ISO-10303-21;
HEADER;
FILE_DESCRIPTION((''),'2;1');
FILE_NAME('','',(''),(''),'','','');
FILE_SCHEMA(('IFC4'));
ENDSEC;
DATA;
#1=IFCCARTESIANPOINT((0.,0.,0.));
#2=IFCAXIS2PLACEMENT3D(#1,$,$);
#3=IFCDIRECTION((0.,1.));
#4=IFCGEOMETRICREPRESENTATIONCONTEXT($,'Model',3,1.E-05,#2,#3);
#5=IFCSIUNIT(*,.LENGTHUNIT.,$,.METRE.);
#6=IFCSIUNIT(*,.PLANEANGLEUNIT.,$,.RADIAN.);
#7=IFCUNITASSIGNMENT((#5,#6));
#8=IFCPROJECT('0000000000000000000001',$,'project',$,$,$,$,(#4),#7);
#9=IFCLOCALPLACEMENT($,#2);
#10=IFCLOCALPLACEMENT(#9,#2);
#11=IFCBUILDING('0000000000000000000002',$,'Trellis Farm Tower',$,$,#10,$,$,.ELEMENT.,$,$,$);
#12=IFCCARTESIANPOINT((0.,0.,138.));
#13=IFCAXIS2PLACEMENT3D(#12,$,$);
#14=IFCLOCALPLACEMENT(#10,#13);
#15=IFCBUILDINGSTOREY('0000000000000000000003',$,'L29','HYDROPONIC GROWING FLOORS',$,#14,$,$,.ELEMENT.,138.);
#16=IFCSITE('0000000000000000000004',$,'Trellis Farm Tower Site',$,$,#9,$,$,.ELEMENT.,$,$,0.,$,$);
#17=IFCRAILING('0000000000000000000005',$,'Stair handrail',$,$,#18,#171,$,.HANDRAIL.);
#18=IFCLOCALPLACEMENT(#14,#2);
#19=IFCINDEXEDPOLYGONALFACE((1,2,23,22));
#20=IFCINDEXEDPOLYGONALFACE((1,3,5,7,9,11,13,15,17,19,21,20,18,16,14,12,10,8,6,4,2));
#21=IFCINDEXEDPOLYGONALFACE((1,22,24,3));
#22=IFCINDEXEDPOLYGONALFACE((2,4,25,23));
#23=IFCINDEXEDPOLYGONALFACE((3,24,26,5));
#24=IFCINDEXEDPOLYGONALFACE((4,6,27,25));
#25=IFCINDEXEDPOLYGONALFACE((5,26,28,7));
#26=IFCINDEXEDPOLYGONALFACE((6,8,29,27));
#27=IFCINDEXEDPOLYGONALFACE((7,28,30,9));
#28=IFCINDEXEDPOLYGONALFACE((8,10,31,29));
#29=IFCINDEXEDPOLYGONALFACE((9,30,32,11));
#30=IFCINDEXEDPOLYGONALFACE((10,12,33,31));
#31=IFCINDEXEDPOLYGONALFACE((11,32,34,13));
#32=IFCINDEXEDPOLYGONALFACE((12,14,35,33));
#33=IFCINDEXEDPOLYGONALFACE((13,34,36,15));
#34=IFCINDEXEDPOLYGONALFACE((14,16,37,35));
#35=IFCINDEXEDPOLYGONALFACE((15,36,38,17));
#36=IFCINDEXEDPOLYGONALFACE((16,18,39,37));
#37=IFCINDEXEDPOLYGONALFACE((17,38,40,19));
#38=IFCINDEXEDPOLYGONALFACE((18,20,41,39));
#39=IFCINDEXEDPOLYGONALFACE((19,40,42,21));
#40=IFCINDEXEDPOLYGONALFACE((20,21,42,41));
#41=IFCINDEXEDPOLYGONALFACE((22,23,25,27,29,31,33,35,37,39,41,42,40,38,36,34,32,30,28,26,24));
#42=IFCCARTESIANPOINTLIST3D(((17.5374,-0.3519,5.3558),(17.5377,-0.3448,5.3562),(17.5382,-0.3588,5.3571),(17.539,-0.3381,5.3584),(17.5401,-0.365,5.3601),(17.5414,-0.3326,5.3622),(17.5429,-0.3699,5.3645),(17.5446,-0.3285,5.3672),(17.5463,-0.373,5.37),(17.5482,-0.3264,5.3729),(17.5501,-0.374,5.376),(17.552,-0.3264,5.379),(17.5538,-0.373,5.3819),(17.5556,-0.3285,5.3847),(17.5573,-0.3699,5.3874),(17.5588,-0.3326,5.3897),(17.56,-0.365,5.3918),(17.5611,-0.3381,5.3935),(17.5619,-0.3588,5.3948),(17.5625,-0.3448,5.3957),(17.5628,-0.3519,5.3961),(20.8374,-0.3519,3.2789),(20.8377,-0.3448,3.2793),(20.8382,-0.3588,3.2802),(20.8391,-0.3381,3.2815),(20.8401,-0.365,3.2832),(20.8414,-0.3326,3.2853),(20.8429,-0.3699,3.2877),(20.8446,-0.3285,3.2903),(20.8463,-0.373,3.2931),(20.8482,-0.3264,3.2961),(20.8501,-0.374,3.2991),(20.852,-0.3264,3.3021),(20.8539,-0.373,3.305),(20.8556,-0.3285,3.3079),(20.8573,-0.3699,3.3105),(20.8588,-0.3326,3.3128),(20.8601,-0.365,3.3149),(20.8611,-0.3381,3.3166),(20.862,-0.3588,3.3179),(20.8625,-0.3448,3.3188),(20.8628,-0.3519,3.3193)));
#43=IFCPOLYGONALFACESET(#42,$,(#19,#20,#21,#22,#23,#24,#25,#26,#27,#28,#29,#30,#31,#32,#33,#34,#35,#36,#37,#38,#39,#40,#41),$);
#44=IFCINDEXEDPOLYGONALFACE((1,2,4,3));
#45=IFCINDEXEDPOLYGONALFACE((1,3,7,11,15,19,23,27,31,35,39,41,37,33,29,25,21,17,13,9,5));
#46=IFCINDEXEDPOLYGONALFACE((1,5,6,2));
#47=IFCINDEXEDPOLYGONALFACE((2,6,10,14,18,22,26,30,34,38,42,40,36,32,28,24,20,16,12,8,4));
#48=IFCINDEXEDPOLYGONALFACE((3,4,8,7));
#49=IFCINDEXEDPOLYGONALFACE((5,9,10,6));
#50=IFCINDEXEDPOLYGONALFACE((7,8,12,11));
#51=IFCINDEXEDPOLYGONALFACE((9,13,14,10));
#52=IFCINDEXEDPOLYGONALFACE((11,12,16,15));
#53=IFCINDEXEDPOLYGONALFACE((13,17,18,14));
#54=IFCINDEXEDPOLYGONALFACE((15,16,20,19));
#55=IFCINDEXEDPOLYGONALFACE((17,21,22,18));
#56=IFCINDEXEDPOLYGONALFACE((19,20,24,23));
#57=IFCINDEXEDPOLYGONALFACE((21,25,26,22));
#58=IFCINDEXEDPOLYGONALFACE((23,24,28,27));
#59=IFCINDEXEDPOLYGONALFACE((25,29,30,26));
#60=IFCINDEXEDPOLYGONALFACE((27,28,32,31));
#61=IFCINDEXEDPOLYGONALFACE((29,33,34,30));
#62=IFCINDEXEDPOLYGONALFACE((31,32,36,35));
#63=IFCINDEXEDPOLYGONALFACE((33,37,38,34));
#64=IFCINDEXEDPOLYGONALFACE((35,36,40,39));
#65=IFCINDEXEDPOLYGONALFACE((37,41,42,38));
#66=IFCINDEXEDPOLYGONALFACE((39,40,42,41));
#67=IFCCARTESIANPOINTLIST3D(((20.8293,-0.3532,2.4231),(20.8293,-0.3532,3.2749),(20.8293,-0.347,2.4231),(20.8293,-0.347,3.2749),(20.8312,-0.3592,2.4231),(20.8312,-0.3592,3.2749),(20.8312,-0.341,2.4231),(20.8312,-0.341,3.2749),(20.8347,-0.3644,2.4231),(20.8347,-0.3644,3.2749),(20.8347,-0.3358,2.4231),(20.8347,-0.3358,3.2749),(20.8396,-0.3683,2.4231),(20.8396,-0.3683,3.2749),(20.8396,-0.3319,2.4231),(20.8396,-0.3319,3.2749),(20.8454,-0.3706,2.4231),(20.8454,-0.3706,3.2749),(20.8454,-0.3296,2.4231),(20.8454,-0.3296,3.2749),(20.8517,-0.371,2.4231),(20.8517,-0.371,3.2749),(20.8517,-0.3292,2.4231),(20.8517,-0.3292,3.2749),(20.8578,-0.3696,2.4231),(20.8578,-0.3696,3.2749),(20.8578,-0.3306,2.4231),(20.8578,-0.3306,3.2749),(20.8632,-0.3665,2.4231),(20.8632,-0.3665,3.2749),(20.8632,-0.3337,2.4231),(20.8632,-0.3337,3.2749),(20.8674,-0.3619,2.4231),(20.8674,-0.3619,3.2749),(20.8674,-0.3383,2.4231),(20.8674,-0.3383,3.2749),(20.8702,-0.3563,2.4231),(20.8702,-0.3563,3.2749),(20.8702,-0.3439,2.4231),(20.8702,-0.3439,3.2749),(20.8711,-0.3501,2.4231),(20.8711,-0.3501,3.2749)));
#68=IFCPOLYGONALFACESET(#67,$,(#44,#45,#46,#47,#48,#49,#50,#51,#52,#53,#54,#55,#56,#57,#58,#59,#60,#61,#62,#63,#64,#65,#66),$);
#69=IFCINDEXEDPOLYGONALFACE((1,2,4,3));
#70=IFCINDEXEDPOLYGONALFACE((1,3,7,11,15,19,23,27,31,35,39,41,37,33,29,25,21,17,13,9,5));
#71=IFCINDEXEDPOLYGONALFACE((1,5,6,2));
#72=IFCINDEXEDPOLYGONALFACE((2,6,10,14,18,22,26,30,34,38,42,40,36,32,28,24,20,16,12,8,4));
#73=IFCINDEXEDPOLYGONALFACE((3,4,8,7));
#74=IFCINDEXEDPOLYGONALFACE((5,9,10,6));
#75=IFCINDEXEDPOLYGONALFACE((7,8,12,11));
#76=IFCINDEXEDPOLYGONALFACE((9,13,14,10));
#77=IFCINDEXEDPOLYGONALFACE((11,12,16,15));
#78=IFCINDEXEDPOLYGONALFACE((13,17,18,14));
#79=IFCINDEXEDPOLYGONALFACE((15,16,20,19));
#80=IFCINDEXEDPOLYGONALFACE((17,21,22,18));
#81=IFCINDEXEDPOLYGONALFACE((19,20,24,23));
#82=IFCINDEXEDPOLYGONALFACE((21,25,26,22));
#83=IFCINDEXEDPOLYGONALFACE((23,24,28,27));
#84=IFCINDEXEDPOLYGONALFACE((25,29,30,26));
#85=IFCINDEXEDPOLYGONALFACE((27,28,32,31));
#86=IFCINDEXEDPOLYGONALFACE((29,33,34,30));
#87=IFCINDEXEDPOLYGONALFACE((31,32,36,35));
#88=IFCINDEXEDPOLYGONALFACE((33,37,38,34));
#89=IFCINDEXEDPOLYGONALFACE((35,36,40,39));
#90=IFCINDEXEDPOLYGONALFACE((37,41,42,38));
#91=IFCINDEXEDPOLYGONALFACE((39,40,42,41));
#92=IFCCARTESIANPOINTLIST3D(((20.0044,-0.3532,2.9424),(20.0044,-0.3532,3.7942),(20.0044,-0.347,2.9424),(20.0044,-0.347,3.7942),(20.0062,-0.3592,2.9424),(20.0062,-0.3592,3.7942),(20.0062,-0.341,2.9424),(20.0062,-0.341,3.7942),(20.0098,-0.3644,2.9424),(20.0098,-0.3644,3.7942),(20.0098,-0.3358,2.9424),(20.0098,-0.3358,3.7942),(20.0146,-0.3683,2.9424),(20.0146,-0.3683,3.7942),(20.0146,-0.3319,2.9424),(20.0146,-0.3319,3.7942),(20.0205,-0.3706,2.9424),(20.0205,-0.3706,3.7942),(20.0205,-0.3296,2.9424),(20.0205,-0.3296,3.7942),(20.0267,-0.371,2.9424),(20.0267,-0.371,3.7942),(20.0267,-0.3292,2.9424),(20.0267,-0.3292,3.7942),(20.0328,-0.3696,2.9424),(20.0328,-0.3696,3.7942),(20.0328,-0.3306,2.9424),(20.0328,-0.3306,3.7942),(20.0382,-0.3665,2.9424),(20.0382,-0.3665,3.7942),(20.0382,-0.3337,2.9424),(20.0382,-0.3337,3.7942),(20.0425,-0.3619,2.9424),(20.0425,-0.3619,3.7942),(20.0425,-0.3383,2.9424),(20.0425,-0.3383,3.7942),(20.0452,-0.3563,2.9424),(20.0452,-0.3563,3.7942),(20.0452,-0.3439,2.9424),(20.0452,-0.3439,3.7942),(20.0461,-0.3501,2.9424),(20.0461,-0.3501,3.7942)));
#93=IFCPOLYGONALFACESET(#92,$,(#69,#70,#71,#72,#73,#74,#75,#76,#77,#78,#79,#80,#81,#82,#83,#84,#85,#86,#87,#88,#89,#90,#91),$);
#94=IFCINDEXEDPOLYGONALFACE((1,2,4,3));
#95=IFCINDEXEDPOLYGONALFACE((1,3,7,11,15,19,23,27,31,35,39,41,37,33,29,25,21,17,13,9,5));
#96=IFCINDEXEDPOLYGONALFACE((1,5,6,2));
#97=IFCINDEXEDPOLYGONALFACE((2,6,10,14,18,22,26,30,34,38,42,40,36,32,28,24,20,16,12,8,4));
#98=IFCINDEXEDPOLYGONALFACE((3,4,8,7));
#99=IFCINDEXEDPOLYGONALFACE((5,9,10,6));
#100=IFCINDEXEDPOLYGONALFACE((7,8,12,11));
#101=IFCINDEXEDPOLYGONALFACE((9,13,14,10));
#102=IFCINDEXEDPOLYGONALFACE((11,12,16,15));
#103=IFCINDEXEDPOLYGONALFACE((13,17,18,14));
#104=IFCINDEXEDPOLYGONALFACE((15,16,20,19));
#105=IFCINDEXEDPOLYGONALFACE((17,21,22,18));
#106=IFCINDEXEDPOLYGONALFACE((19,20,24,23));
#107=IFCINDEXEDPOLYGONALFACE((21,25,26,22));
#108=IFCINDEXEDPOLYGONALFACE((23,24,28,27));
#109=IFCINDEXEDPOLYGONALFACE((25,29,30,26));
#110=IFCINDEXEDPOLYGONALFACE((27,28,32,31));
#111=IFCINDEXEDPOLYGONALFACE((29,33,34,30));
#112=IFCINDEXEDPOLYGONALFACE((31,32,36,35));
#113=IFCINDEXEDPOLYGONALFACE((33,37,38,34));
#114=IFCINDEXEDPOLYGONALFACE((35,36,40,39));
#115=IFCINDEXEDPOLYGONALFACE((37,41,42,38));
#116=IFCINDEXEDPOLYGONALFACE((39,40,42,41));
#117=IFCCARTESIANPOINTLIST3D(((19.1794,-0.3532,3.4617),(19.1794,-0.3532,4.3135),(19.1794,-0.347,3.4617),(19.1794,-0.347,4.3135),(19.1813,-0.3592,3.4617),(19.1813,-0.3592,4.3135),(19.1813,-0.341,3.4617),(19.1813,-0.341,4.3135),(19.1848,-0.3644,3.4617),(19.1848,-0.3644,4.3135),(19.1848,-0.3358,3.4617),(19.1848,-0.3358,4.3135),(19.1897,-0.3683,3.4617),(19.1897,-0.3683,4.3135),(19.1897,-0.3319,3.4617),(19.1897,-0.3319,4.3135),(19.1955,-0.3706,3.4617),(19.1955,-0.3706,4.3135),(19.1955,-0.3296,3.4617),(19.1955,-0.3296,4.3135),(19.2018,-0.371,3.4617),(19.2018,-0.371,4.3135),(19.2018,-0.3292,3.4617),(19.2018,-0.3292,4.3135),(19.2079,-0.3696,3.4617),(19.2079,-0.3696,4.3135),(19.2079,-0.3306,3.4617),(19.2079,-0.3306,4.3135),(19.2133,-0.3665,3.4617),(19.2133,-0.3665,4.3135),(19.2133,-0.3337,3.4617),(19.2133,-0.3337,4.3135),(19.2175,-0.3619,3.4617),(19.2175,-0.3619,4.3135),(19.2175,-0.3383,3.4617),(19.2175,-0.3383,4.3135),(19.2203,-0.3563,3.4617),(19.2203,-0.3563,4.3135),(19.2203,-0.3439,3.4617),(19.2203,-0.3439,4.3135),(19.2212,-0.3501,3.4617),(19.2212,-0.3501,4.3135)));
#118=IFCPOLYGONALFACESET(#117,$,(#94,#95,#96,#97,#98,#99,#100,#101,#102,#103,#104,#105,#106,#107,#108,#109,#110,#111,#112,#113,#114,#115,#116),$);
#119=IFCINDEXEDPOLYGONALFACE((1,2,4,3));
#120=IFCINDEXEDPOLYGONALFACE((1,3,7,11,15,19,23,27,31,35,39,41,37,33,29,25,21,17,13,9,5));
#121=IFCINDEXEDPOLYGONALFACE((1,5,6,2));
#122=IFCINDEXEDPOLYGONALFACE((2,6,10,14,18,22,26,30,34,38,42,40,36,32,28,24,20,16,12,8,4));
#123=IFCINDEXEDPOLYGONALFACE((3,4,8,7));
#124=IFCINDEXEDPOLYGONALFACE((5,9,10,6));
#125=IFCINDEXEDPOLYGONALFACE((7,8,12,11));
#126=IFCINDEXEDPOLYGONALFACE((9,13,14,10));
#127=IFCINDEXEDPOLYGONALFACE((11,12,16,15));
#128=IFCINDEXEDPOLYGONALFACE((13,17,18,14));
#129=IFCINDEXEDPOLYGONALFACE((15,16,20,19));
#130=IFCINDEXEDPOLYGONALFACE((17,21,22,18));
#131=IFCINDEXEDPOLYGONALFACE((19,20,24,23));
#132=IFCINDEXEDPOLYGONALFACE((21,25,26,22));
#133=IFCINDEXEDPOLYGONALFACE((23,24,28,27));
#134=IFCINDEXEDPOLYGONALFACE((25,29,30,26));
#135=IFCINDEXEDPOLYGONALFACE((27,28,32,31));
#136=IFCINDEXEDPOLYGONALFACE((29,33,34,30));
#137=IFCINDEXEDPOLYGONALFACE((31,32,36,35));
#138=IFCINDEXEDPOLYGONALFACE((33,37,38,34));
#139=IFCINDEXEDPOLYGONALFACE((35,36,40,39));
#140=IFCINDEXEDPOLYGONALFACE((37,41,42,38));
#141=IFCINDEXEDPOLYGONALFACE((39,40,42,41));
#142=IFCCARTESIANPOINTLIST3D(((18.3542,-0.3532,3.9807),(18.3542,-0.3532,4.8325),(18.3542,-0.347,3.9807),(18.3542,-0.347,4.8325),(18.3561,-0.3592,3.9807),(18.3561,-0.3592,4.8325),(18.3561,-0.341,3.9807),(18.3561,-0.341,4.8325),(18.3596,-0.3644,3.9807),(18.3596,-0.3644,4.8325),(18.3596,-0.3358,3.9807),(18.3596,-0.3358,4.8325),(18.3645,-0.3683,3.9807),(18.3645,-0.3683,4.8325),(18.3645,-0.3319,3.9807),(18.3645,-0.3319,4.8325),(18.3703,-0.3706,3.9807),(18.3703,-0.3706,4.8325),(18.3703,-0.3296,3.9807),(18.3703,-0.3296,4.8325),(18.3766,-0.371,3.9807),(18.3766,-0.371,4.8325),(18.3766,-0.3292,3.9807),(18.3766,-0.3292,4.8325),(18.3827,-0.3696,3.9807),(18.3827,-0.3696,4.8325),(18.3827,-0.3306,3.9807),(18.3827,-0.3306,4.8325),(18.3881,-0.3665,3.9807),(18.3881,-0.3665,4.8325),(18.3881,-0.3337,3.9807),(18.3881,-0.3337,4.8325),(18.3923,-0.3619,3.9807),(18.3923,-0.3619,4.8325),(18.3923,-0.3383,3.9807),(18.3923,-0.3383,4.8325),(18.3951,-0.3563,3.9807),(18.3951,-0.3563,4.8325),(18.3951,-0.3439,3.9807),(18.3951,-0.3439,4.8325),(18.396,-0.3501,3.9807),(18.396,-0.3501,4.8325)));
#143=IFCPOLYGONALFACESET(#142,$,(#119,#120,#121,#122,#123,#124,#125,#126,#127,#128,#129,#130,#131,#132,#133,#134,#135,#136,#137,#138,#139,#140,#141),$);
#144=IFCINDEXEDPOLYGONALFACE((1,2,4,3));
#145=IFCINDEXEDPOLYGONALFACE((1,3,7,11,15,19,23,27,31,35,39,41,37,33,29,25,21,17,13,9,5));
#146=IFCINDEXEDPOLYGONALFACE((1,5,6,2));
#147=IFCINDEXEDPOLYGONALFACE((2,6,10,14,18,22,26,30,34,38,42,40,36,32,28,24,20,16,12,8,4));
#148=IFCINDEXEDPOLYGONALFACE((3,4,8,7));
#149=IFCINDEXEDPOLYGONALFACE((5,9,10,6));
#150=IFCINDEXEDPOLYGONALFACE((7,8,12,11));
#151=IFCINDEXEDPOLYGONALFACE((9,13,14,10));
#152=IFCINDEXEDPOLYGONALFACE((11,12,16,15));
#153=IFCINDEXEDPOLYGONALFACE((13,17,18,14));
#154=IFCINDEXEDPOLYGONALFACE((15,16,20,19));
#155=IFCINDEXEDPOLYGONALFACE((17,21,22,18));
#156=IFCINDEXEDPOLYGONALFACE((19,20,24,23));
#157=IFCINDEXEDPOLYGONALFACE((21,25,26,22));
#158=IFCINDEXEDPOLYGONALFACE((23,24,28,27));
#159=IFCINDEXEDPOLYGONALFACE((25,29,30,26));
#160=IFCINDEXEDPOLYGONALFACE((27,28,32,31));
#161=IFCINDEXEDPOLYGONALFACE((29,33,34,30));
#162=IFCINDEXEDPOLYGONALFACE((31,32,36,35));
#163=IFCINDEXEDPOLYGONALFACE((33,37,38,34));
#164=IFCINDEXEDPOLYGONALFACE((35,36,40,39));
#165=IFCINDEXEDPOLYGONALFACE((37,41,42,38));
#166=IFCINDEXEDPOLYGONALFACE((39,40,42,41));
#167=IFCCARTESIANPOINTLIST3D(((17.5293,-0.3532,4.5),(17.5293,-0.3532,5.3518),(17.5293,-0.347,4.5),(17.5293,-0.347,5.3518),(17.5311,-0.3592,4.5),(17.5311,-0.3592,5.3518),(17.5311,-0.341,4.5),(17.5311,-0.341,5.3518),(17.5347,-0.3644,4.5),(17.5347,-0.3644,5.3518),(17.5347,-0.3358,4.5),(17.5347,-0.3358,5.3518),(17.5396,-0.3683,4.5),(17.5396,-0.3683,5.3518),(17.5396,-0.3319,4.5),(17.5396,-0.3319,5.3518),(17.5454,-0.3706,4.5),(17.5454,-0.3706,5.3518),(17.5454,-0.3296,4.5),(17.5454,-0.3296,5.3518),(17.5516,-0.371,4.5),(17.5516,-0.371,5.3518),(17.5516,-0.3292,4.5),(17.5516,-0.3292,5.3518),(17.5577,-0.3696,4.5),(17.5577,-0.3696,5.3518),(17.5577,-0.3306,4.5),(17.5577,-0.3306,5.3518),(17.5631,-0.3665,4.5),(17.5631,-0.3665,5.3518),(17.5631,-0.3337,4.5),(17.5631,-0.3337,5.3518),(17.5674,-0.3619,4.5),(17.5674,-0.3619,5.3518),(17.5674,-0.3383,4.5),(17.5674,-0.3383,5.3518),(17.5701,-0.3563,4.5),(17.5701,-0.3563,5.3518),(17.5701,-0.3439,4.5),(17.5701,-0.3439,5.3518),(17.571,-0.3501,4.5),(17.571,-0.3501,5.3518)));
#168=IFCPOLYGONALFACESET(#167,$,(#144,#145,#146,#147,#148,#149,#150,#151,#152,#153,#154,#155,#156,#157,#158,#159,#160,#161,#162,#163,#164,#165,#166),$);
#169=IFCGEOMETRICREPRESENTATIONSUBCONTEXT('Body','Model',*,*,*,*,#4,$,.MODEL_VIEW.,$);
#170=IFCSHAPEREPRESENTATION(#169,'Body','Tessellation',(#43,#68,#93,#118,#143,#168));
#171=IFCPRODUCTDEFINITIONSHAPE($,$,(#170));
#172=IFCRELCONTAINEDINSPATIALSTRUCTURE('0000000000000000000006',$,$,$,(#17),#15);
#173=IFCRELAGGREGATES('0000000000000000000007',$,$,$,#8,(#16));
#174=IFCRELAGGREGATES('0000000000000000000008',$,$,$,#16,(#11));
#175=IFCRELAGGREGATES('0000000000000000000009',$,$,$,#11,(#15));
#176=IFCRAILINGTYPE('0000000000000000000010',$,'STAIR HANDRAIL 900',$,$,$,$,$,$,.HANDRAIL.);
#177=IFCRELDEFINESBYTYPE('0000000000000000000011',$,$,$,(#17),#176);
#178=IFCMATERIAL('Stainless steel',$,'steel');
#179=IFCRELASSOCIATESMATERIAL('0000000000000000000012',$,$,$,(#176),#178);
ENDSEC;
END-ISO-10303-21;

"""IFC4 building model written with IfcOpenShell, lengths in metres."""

from ifc_helpers import new_model, si_unit, direction, frame, origin, origin_2d, place, context, subcontext, project, spatial, circle, extrude, source, transform, mapped, material, type_object, element, save


model = new_model("IFC4")

# Units and contexts
model_context = context("Model", 3, precision=1e-05, world=origin(), true_north=direction((0.0, 1.0)))
body_context = subcontext(model_context, "Body", "Model", "MODEL_VIEW")
ifc_project = project(units=[si_unit("LENGTHUNIT", "METRE"), si_unit("PLANEANGLEUNIT", "RADIAN")], contexts=[model_context])

# Site, building, storey
site_placement = place(None, origin())
site = spatial("IfcSite", under=ifc_project, at=site_placement, Name="Trellis Farm Tower Site", CompositionType="ELEMENT", RefElevation=0.0)
building_placement = place(site_placement, origin())
building = spatial("IfcBuilding", under=site, at=building_placement, Name="Trellis Farm Tower", CompositionType="ELEMENT")
storey_placement = place(building_placement, frame((0.0, 0.0, 138.0)))
storey = spatial("IfcBuildingStorey", under=building, at=storey_placement, Name="L29", Description="HYDROPONIC GROWING FLOORS", CompositionType="ELEMENT", Elevation=138.0)

# Shared definitions
ifc_material_1 = material(Name="Stainless steel", Category="steel")

# Railing
railing_type = type_object("IfcRailingType", Name="STAIR HANDRAIL 900", PredefinedType="HANDRAIL", material=ifc_material_1)
shared_shape_1 = source(origin(), body_context, "Body", "SweptSolid", [
    extrude(circle(Radius=0.0239, at=origin_2d()), frame((0.0, 0.0, 0.876), z_axis=(-0.846337, 0.0, 0.532647), x_axis=(0.0, -1.0, 0.0)), (0.0, 0.0, 1.0), 3.8992),
    extrude(circle(Radius=0.021, at=origin_2d()), origin(), (0.0, 0.0, 1.0), 0.8518),
    extrude(circle(Radius=0.021, at=origin_2d()), frame((-0.825, 0.0, 0.5193)), (0.0, 0.0, 1.0), 0.8518),
    extrude(circle(Radius=0.021, at=origin_2d()), frame((-1.6499, 0.0, 1.0386)), (0.0, 0.0, 1.0), 0.8518),
    extrude(circle(Radius=0.021, at=origin_2d()), frame((-2.4751, 0.0, 1.5576)), (0.0, 0.0, 1.0), 0.8518),
    extrude(circle(Radius=0.021, at=origin_2d()), frame((-3.3, 0.0, 2.0769)), (0.0, 0.0, 1.0), 0.8518),
])
for number, where, name in (
    (1, (20.8501, -0.3501, 2.4231), "Stair handrail"),
):
    element("IfcRailing", number, at=place(storey_placement, frame(where)), inside=storey, type_object=railing_type, Name=name, PredefinedType="HANDRAIL", context=body_context, shape_type="MappedRepresentation", body=[
        mapped(shared_shape_1, transform((0.0, 0.0, 0.0))),
    ])

save(model, "model.ifc")
